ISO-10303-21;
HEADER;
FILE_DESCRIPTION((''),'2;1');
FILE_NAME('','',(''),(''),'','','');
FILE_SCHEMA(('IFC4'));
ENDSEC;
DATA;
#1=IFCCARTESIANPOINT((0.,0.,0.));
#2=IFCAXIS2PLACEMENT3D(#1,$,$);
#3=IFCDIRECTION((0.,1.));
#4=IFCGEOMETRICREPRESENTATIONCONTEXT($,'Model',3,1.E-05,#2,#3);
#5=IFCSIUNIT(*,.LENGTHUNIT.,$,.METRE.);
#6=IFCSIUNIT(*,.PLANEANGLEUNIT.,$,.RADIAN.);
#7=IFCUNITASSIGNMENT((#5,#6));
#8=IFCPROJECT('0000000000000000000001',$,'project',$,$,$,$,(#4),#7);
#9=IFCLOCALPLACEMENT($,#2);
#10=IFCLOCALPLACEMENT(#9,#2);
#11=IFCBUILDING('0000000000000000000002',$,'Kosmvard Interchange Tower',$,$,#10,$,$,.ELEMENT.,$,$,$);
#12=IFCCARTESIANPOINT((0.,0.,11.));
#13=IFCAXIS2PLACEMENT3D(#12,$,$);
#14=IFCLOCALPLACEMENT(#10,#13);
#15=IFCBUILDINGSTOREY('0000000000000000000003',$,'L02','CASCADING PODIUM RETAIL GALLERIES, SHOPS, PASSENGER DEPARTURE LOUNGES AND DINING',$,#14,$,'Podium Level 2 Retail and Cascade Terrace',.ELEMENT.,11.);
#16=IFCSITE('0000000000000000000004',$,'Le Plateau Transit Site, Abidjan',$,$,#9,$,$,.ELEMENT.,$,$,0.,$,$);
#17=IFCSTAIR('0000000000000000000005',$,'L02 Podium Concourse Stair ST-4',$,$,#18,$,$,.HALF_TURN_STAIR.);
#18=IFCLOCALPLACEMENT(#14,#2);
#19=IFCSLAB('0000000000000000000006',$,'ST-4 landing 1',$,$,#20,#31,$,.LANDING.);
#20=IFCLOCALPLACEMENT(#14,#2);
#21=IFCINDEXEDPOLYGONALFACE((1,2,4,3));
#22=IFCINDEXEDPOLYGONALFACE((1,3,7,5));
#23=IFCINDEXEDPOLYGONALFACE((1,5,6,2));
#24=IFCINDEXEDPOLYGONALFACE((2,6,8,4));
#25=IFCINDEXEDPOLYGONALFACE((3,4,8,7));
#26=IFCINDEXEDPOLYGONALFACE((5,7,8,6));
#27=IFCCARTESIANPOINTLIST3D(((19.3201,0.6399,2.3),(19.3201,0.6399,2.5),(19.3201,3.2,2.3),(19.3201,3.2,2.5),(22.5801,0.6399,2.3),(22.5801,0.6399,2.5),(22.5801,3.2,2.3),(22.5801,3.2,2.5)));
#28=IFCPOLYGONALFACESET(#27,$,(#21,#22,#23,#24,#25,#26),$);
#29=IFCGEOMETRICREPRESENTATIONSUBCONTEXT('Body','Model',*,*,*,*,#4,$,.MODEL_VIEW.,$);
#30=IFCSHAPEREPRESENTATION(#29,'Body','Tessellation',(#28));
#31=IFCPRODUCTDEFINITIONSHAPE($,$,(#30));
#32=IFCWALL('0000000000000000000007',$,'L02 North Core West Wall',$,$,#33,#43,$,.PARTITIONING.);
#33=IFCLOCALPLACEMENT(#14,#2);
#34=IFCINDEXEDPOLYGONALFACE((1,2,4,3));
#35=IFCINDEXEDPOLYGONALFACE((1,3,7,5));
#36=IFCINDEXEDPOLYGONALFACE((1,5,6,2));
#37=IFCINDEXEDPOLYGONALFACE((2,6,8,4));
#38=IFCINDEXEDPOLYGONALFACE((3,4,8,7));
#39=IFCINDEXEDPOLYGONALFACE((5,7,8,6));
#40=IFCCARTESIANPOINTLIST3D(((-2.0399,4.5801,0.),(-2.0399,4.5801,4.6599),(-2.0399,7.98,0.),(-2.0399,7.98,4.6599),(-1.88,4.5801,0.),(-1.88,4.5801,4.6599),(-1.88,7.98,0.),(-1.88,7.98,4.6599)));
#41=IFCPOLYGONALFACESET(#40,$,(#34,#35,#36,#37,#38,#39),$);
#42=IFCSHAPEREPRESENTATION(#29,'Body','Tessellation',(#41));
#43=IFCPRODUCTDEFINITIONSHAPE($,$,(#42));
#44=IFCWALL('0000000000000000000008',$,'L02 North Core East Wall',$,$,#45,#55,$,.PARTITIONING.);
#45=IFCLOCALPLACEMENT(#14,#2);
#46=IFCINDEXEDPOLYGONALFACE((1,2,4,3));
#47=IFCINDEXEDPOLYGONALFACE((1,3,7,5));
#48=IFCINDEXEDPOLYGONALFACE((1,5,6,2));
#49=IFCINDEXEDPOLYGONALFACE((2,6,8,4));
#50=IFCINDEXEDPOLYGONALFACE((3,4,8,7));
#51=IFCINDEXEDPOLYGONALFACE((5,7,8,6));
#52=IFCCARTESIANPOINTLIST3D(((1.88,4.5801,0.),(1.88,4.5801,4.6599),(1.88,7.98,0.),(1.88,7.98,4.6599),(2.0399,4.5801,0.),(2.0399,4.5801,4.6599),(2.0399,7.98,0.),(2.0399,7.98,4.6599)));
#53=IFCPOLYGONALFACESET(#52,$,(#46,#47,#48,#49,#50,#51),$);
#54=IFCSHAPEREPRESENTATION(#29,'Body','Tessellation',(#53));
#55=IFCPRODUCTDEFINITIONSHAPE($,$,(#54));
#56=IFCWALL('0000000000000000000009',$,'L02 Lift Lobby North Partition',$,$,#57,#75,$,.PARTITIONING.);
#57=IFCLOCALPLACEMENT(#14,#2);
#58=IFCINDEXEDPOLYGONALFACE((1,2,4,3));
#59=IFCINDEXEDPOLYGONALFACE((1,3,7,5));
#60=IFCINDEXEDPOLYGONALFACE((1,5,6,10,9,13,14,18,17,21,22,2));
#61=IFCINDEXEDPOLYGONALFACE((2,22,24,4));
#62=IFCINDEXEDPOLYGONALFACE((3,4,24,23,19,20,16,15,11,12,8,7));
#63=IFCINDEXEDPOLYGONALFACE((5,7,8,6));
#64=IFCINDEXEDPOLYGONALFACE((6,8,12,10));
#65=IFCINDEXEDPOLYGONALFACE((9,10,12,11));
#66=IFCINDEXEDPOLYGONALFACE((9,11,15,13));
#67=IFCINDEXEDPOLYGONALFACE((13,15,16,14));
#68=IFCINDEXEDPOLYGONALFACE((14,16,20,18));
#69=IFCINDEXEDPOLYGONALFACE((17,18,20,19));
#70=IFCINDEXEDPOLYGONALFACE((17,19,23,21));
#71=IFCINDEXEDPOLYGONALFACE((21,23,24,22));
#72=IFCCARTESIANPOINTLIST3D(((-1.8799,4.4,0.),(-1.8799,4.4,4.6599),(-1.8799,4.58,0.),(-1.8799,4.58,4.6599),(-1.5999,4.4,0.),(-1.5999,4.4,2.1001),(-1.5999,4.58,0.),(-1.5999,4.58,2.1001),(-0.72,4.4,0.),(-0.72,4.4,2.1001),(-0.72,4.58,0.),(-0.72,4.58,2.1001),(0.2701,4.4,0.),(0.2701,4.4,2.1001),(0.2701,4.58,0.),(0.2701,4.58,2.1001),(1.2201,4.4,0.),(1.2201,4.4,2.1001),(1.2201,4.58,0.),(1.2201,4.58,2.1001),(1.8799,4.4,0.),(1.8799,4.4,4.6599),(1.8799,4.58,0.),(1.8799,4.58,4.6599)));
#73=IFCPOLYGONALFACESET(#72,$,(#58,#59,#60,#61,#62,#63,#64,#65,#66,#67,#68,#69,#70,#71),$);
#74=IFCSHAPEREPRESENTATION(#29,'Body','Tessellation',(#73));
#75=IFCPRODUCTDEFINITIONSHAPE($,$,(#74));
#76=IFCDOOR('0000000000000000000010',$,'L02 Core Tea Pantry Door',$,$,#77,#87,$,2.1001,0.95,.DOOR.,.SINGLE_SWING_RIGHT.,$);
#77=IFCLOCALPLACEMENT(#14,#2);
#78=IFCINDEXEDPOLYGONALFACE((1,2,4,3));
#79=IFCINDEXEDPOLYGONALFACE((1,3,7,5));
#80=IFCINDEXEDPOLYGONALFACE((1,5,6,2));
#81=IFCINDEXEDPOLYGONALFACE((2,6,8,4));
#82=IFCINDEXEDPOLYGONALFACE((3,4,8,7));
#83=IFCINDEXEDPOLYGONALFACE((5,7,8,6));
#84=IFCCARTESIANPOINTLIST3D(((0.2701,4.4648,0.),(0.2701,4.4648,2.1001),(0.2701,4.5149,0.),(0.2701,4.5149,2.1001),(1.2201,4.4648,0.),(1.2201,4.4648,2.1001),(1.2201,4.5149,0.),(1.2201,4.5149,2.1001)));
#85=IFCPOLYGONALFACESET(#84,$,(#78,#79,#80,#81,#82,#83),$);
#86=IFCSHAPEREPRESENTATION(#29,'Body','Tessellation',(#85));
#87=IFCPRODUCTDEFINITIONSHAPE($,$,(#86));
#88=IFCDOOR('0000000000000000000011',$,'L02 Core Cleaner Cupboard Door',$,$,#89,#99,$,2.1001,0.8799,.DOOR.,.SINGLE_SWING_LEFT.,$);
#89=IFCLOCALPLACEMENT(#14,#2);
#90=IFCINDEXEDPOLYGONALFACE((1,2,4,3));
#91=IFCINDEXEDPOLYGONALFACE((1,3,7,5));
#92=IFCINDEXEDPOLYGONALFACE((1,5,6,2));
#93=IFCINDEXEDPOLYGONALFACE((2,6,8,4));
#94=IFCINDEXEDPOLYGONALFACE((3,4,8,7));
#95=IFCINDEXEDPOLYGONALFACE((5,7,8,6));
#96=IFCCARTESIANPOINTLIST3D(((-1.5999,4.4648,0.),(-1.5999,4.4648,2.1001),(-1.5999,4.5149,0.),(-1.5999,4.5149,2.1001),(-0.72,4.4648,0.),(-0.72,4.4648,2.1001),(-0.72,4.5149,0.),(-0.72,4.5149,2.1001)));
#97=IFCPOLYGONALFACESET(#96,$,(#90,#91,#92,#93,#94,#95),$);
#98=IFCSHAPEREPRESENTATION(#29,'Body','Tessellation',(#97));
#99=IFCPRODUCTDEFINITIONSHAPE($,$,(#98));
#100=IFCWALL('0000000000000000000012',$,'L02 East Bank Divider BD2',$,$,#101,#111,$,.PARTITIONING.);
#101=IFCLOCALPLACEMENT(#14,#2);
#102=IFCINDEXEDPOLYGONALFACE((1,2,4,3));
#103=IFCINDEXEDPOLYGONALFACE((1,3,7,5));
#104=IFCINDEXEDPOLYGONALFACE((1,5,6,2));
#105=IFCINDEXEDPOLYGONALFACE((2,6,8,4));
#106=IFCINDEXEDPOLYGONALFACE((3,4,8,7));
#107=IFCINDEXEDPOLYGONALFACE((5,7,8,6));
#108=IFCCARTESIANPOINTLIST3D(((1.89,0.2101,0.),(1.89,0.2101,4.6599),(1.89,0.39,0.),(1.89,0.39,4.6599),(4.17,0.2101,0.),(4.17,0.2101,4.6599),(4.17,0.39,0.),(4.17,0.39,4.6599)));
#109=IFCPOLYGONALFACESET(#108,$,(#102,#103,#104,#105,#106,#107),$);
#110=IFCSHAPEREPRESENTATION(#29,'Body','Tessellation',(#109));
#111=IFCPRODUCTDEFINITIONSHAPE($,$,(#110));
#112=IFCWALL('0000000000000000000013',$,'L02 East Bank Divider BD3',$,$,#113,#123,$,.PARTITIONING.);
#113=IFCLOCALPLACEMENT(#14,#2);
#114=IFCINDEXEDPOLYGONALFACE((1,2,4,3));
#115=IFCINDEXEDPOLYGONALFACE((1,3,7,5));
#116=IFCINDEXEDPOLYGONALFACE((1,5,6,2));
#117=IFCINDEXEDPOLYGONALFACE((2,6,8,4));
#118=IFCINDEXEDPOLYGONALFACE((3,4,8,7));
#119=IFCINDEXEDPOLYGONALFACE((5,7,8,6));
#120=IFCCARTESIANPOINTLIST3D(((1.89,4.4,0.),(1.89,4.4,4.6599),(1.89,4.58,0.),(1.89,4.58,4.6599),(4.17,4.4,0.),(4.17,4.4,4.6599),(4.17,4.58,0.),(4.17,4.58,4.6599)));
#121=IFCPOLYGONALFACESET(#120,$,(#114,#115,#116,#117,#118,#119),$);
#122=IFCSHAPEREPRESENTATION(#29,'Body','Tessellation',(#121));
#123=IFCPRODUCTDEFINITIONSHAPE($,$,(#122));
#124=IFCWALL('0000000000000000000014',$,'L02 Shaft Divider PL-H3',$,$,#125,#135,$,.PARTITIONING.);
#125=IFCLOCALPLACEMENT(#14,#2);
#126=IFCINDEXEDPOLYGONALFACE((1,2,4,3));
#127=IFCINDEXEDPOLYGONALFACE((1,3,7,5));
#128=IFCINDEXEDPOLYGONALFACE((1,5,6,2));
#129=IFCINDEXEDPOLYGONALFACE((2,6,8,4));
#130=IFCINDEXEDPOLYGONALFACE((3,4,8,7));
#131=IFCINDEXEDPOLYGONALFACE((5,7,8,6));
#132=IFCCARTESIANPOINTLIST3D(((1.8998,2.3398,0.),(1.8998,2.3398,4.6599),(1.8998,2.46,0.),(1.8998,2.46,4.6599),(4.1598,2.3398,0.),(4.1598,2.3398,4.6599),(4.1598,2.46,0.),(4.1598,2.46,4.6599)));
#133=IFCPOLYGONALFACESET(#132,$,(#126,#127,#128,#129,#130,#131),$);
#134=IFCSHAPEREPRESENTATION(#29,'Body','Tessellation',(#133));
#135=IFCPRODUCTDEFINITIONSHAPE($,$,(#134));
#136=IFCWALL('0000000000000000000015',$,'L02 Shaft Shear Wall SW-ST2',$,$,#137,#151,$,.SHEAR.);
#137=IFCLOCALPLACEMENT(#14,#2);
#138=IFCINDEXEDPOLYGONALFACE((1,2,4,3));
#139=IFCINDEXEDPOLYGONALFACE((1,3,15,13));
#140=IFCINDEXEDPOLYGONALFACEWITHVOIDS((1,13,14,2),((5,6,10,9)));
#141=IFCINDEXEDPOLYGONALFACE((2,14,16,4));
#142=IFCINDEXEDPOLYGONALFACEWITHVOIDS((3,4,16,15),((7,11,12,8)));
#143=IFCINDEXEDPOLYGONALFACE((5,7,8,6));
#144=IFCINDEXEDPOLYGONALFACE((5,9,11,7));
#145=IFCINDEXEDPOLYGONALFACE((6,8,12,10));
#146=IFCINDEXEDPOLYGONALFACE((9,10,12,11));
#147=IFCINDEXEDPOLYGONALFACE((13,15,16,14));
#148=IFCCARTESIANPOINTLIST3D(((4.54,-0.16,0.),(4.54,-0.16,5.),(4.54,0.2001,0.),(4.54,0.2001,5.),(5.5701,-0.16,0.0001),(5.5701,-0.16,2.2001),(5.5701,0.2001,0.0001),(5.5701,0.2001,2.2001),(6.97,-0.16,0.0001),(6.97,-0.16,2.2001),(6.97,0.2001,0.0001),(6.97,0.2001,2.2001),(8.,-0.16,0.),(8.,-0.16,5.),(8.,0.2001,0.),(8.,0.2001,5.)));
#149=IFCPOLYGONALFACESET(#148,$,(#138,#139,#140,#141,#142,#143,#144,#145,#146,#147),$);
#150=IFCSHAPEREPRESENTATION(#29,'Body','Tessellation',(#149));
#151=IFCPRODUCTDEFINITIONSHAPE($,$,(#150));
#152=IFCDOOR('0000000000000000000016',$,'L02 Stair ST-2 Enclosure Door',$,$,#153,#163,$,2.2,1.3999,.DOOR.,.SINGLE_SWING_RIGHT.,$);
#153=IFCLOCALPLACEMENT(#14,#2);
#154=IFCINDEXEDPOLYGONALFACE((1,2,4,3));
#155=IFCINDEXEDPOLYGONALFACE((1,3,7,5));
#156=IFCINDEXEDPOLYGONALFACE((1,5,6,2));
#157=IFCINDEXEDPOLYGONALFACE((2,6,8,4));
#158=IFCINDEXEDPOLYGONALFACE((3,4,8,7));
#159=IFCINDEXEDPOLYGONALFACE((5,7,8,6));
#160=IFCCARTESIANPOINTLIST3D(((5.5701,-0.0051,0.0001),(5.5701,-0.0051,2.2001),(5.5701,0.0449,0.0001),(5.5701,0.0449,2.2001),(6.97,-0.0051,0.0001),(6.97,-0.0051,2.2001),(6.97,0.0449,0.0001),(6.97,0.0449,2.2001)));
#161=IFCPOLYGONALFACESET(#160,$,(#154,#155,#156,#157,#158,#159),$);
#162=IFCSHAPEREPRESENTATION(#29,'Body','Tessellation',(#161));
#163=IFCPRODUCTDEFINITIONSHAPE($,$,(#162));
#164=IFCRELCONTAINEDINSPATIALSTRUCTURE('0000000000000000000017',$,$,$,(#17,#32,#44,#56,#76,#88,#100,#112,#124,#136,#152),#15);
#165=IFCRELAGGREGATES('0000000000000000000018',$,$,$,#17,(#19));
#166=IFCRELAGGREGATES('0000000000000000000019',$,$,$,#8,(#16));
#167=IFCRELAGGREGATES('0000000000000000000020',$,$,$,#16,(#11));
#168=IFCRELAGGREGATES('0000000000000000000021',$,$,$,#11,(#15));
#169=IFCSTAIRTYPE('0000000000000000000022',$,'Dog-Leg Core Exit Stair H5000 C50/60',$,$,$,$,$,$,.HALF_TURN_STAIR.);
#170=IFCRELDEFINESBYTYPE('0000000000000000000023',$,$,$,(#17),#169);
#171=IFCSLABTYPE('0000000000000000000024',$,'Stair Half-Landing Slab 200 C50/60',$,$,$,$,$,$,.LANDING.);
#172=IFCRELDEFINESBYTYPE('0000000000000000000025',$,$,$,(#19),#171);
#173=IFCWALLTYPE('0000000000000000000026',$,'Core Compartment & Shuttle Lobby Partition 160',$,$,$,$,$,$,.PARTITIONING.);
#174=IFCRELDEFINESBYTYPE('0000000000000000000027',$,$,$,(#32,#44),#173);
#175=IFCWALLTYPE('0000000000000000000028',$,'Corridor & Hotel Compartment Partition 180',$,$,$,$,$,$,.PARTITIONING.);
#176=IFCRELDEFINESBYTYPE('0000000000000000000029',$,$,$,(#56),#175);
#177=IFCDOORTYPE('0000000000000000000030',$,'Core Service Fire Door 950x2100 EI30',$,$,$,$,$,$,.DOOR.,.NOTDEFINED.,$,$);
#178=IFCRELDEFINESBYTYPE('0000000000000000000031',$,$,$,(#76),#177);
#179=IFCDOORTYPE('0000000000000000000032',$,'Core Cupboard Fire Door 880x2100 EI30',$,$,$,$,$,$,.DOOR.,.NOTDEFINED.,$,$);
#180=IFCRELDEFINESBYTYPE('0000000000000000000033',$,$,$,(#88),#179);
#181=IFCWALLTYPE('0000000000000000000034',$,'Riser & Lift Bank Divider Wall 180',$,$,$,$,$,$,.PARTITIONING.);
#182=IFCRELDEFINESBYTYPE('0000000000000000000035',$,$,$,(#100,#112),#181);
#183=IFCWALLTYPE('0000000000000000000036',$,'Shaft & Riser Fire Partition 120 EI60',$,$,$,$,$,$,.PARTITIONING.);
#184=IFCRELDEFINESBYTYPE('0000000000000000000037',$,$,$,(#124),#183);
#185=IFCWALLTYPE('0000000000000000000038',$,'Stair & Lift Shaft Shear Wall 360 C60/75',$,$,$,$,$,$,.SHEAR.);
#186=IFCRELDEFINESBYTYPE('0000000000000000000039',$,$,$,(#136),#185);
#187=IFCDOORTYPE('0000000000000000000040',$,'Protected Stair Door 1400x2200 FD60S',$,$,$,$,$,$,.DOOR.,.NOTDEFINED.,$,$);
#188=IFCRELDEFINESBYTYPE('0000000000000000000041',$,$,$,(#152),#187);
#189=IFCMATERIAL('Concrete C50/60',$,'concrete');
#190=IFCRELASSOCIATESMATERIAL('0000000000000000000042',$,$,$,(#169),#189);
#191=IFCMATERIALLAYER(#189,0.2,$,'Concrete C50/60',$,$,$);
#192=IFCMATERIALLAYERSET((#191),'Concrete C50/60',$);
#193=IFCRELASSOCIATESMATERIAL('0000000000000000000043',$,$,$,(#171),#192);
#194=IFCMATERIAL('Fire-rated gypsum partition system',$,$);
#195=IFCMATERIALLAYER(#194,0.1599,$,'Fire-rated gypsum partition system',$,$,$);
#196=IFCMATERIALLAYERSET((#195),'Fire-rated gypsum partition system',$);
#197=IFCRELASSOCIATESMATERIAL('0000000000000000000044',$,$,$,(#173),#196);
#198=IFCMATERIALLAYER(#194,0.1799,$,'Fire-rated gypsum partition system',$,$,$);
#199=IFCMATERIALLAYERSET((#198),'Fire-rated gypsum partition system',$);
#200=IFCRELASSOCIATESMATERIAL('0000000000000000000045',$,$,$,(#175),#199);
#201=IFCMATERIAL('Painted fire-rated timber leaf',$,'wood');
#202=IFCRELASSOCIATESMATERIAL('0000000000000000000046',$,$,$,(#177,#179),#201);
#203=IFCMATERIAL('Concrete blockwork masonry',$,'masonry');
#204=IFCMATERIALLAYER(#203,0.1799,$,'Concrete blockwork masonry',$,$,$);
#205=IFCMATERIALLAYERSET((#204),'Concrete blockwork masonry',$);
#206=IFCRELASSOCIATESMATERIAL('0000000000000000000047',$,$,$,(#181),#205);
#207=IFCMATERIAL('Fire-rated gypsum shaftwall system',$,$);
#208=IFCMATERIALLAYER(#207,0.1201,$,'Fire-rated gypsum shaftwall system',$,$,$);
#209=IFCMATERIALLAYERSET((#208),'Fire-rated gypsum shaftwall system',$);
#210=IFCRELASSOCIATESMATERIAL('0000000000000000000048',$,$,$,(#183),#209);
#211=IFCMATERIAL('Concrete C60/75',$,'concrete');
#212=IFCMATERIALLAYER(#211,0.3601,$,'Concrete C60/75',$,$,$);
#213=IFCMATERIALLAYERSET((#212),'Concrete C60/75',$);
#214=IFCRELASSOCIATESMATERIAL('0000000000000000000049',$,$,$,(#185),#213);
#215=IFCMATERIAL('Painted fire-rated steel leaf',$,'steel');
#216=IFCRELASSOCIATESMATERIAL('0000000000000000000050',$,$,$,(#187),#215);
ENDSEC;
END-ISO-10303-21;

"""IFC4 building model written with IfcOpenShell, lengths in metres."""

from ifc_helpers import new_model, si_unit, direction, frame, frame_2d, origin, place, context, subcontext, project, spatial, polyline, rectangle, outline, extrude, source, transform, mapped, material, layer, layer_set, type_object, element, fill, aggregate, save


model = new_model("IFC4")

# Units and contexts
model_context = context("Model", 3, precision=1e-05, world=origin(), true_north=direction((0.0, 1.0)))
body_context = subcontext(model_context, "Body", "Model", "MODEL_VIEW")
ifc_project = project(units=[si_unit("LENGTHUNIT", "METRE"), si_unit("PLANEANGLEUNIT", "RADIAN")], contexts=[model_context])

# Site, building, storey
site_placement = place(None, origin())
site = spatial("IfcSite", under=ifc_project, at=site_placement, Name="Le Plateau Transit Site, Abidjan", CompositionType="ELEMENT", RefElevation=0.0)
building_placement = place(site_placement, origin())
building = spatial("IfcBuilding", under=site, at=building_placement, Name="Kosmvard Interchange Tower", CompositionType="ELEMENT")
storey_placement = place(building_placement, frame((0.0, 0.0, 11.0)))
storey = spatial("IfcBuildingStorey", under=building, at=storey_placement, Name="L02", Description="CASCADING PODIUM RETAIL GALLERIES, SHOPS, PASSENGER DEPARTURE LOUNGES AND DINING", LongName="Podium Level 2 Retail and Cascade Terrace", CompositionType="ELEMENT", Elevation=11.0)

# Stair, slab
ifc_material_1 = material(Name="Concrete C50/60", Category="concrete")
stair_type = type_object("IfcStairType", Name="Dog-Leg Core Exit Stair H5000 C50/60", PredefinedType="HALF_TURN_STAIR", material=ifc_material_1)
stair_1_placement = place(storey_placement, origin())
stair_1 = element("IfcStair", 1, at=stair_1_placement, inside=storey, type_object=stair_type, Name="L02 Podium Concourse Stair ST-4", PredefinedType="HALF_TURN_STAIR")
ifc_layer_1 = layer(ifc_material_1, 0.2, Name="Concrete C50/60")
ifc_layer_set_1 = layer_set([ifc_layer_1], Name="Concrete C50/60")
slab_type = type_object("IfcSlabType", Name="Stair Half-Landing Slab 200 C50/60", PredefinedType="LANDING", material=ifc_layer_set_1)
slab_placement = place(storey_placement, frame((0.0, 0.0, 2.3)))
slab = element("IfcSlab", 2, at=slab_placement, type_object=slab_type, Name="ST-4 landing 1", PredefinedType="LANDING", context=body_context, shape_type="SweptSolid", body=[
    extrude(outline(polyline([(22.5801, 0.6399), (22.5801, 3.2), (19.3201, 3.2), (19.3201, 0.6399), (22.5801, 0.6399)])), origin(), (0.0, 0.0, 1.0), 0.2),
])
aggregate(stair_1, [slab])

# Walls
ifc_material_2 = material(Name="Fire-rated gypsum partition system")
ifc_layer_2 = layer(ifc_material_2, 0.1599, Name="Fire-rated gypsum partition system")
ifc_layer_set_2 = layer_set([ifc_layer_2], Name="Fire-rated gypsum partition system")
wall_type_1 = type_object("IfcWallType", Name="Core Compartment & Shuttle Lobby Partition 160", PredefinedType="PARTITIONING", material=ifc_layer_set_2)
for number, where, z_axis, x_axis, name in (
    (3, (-1.96, 4.5801, 0.0), (0.0, 0.0, 1.0), (0.0, 1.0, 0.0), "L02 North Core West Wall"),
    (4, (1.96, 4.5801, 0.0), (0.0, 0.0, 1.0), (0.0, 1.0, 0.0), "L02 North Core East Wall"),
):
    element("IfcWall", number, at=place(storey_placement, frame(where, z_axis=z_axis, x_axis=x_axis)), inside=storey, type_object=wall_type_1, Name=name, PredefinedType="PARTITIONING", context=body_context, shape_type="SweptSolid", body=[
        extrude(rectangle(XDim=3.3999, YDim=0.1599, at=frame_2d((1.7, 0.0))), origin(), (0.0, 0.0, 1.0), 4.6599),
    ])

# Wall, openings, doors
ifc_layer_3 = layer(ifc_material_2, 0.1799, Name="Fire-rated gypsum partition system")
ifc_layer_set_3 = layer_set([ifc_layer_3], Name="Fire-rated gypsum partition system")
wall_type_2 = type_object("IfcWallType", Name="Corridor & Hotel Compartment Partition 180", PredefinedType="PARTITIONING", material=ifc_layer_set_3)
wall_1_placement = place(storey_placement, frame((-1.8799, 4.49, 0.0), z_axis=(0.0, 0.0, 1.0), x_axis=(1.0, 0.0, 0.0)))
wall_1 = element("IfcWall", 5, at=wall_1_placement, inside=storey, type_object=wall_type_2, Name="L02 Lift Lobby North Partition", PredefinedType="PARTITIONING", context=body_context, shape_type="SweptSolid", body=[
    extrude(rectangle(XDim=3.7598, YDim=0.1799, at=frame_2d((1.8799, 0.0))), origin(), (0.0, 0.0, 1.0), 4.6599),
])
opening_1_placement = place(wall_1_placement, frame((0.28, 0.0, 0.0)))
opening_1 = element("IfcOpeningElement", 6, at=opening_1_placement, cuts=wall_1, PredefinedType="OPENING", context=body_context, shape_type="SweptSolid", body=[
    extrude(rectangle(XDim=0.8799, YDim=2.1001, at=frame_2d((0.4399, 1.05))), frame((0.0, 0.1001, 0.0), z_axis=(0.0, -1.0, 0.0), x_axis=(1.0, 0.0, 0.0)), (0.0, 0.0, 1.0), 0.2),
])
opening_2_placement = place(wall_1_placement, frame((2.1499, 0.0, 0.0)))
opening_2 = element("IfcOpeningElement", 7, at=opening_2_placement, cuts=wall_1, PredefinedType="OPENING", context=body_context, shape_type="SweptSolid", body=[
    extrude(rectangle(XDim=0.95, YDim=2.1001, at=frame_2d((0.4751, 1.05))), frame((0.0, 0.1001, 0.0), z_axis=(0.0, -1.0, 0.0), x_axis=(1.0, 0.0, 0.0)), (0.0, 0.0, 1.0), 0.2),
])
ifc_material_3 = material(Name="Painted fire-rated timber leaf", Category="wood")
door_type_1 = type_object("IfcDoorType", Name="Core Service Fire Door 950x2100 EI30", OperationType="NOTDEFINED", PredefinedType="DOOR", material=ifc_material_3)
shared_shape_1 = source(origin(), body_context, "Body", "SweptSolid", [
    extrude(rectangle(XDim=0.95, YDim=2.1001, at=frame_2d((0.4751, 1.05))), frame((0.0, 0.0249, 0.0), z_axis=(0.0, -1.0, 0.0), x_axis=(1.0, 0.0, 0.0)), (0.0, 0.0, 1.0), 0.05),
])
door_1_placement = place(opening_2_placement, origin())
door_1 = element("IfcDoor", 8, at=door_1_placement, inside=storey, type_object=door_type_1, Name="L02 Core Tea Pantry Door", OperationType="SINGLE_SWING_RIGHT", OverallHeight=2.1001, OverallWidth=0.95, PredefinedType="DOOR", context=body_context, shape_type="MappedRepresentation", body=[
    mapped(shared_shape_1, transform((0.0, 0.0, 0.0), scale=1.0)),
])
fill(opening_2, door_1)
door_type_2 = type_object("IfcDoorType", Name="Core Cupboard Fire Door 880x2100 EI30", OperationType="NOTDEFINED", PredefinedType="DOOR", material=ifc_material_3)
shared_shape_2 = source(origin(), body_context, "Body", "SweptSolid", [
    extrude(rectangle(XDim=0.8799, YDim=2.1001, at=frame_2d((0.4399, 1.05))), frame((0.0, 0.0249, 0.0), z_axis=(0.0, -1.0, 0.0), x_axis=(1.0, 0.0, 0.0)), (0.0, 0.0, 1.0), 0.05),
])
door_2_placement = place(opening_1_placement, origin())
door_2 = element("IfcDoor", 9, at=door_2_placement, inside=storey, type_object=door_type_2, Name="L02 Core Cleaner Cupboard Door", OperationType="SINGLE_SWING_LEFT", OverallHeight=2.1001, OverallWidth=0.8799, PredefinedType="DOOR", context=body_context, shape_type="MappedRepresentation", body=[
    mapped(shared_shape_2, transform((0.0, 0.0, 0.0), scale=1.0)),
])
fill(opening_1, door_2)

# Walls
ifc_material_4 = material(Name="Concrete blockwork masonry", Category="masonry")
ifc_layer_4 = layer(ifc_material_4, 0.1799, Name="Concrete blockwork masonry")
ifc_layer_set_4 = layer_set([ifc_layer_4], Name="Concrete blockwork masonry")
wall_type_3 = type_object("IfcWallType", Name="Riser & Lift Bank Divider Wall 180", PredefinedType="PARTITIONING", material=ifc_layer_set_4)
for number, where, z_axis, x_axis, name in (
    (10, (1.8899, 0.3, 0.0), (0.0, 0.0, 1.0), (1.0, 0.0, 0.0), "L02 East Bank Divider BD2"),
    (11, (1.8899, 4.49, 0.0), (0.0, 0.0, 1.0), (1.0, 0.0, 0.0), "L02 East Bank Divider BD3"),
):
    element("IfcWall", number, at=place(storey_placement, frame(where, z_axis=z_axis, x_axis=x_axis)), inside=storey, type_object=wall_type_3, Name=name, PredefinedType="PARTITIONING", context=body_context, shape_type="SweptSolid", body=[
        extrude(rectangle(XDim=2.28, YDim=0.1799, at=frame_2d((1.1401, 0.0))), origin(), (0.0, 0.0, 1.0), 4.6599),
    ])
ifc_material_5 = material(Name="Fire-rated gypsum shaftwall system")
ifc_layer_5 = layer(ifc_material_5, 0.1201, Name="Fire-rated gypsum shaftwall system")
ifc_layer_set_5 = layer_set([ifc_layer_5], Name="Fire-rated gypsum shaftwall system")
wall_type_4 = type_object("IfcWallType", Name="Shaft & Riser Fire Partition 120 EI60", PredefinedType="PARTITIONING", material=ifc_layer_set_5)
wall_2_placement = place(storey_placement, frame((1.8999, 2.3999, 0.0), z_axis=(0.0, 0.0, 1.0), x_axis=(1.0, 0.0, 0.0)))
element("IfcWall", 12, at=wall_2_placement, inside=storey, type_object=wall_type_4, Name="L02 Shaft Divider PL-H3", PredefinedType="PARTITIONING", context=body_context, shape_type="SweptSolid", body=[
    extrude(rectangle(XDim=2.26, YDim=0.1201, at=frame_2d((1.1299, 0.0))), origin(), (0.0, 0.0, 1.0), 4.6599),
])

# Wall, opening, door
ifc_material_6 = material(Name="Concrete C60/75", Category="concrete")
ifc_layer_6 = layer(ifc_material_6, 0.3601, Name="Concrete C60/75")
ifc_layer_set_6 = layer_set([ifc_layer_6], Name="Concrete C60/75")
wall_type_5 = type_object("IfcWallType", Name="Stair & Lift Shaft Shear Wall 360 C60/75", PredefinedType="SHEAR", material=ifc_layer_set_6)
wall_3_placement = place(storey_placement, frame((4.54, 0.02, 0.0), z_axis=(0.0, 0.0, 1.0), x_axis=(1.0, 0.0, 0.0)))
wall_3 = element("IfcWall", 13, at=wall_3_placement, inside=storey, type_object=wall_type_5, Name="L02 Shaft Shear Wall SW-ST2", PredefinedType="SHEAR", context=body_context, shape_type="SweptSolid", body=[
    extrude(rectangle(XDim=3.46, YDim=0.3601, at=frame_2d((1.73, 0.0))), origin(), (0.0, 0.0, 1.0), 5.0),
])
opening_3_placement = place(wall_3_placement, frame((1.03, 0.0, 0.0)))
opening_3 = element("IfcOpeningElement", 14, at=opening_3_placement, cuts=wall_3, PredefinedType="OPENING", context=body_context, shape_type="SweptSolid", body=[
    extrude(rectangle(XDim=1.3999, YDim=2.2, at=frame_2d((0.7, 1.1001))), frame((0.0, 0.1899, 0.0), z_axis=(0.0, -1.0, 0.0), x_axis=(1.0, 0.0, 0.0)), (0.0, 0.0, 1.0), 0.3801),
])
ifc_material_7 = material(Name="Painted fire-rated steel leaf", Category="steel")
door_type_3 = type_object("IfcDoorType", Name="Protected Stair Door 1400x2200 FD60S", OperationType="NOTDEFINED", PredefinedType="DOOR", material=ifc_material_7)
shared_shape_3 = source(origin(), body_context, "Body", "SweptSolid", [
    extrude(rectangle(XDim=1.3999, YDim=2.2, at=frame_2d((0.7, 1.1001))), frame((0.0, 0.0249, 0.0), z_axis=(0.0, -1.0, 0.0), x_axis=(1.0, 0.0, 0.0)), (0.0, 0.0, 1.0), 0.05),
])
door_3_placement = place(opening_3_placement, origin())
door_3 = element("IfcDoor", 15, at=door_3_placement, inside=storey, type_object=door_type_3, Name="L02 Stair ST-2 Enclosure Door", OperationType="SINGLE_SWING_RIGHT", OverallHeight=2.2, OverallWidth=1.3999, PredefinedType="DOOR", context=body_context, shape_type="MappedRepresentation", body=[
    mapped(shared_shape_3, transform((0.0, 0.0, 0.0), scale=1.0)),
])
fill(opening_3, door_3)

save(model, "model.ifc")
